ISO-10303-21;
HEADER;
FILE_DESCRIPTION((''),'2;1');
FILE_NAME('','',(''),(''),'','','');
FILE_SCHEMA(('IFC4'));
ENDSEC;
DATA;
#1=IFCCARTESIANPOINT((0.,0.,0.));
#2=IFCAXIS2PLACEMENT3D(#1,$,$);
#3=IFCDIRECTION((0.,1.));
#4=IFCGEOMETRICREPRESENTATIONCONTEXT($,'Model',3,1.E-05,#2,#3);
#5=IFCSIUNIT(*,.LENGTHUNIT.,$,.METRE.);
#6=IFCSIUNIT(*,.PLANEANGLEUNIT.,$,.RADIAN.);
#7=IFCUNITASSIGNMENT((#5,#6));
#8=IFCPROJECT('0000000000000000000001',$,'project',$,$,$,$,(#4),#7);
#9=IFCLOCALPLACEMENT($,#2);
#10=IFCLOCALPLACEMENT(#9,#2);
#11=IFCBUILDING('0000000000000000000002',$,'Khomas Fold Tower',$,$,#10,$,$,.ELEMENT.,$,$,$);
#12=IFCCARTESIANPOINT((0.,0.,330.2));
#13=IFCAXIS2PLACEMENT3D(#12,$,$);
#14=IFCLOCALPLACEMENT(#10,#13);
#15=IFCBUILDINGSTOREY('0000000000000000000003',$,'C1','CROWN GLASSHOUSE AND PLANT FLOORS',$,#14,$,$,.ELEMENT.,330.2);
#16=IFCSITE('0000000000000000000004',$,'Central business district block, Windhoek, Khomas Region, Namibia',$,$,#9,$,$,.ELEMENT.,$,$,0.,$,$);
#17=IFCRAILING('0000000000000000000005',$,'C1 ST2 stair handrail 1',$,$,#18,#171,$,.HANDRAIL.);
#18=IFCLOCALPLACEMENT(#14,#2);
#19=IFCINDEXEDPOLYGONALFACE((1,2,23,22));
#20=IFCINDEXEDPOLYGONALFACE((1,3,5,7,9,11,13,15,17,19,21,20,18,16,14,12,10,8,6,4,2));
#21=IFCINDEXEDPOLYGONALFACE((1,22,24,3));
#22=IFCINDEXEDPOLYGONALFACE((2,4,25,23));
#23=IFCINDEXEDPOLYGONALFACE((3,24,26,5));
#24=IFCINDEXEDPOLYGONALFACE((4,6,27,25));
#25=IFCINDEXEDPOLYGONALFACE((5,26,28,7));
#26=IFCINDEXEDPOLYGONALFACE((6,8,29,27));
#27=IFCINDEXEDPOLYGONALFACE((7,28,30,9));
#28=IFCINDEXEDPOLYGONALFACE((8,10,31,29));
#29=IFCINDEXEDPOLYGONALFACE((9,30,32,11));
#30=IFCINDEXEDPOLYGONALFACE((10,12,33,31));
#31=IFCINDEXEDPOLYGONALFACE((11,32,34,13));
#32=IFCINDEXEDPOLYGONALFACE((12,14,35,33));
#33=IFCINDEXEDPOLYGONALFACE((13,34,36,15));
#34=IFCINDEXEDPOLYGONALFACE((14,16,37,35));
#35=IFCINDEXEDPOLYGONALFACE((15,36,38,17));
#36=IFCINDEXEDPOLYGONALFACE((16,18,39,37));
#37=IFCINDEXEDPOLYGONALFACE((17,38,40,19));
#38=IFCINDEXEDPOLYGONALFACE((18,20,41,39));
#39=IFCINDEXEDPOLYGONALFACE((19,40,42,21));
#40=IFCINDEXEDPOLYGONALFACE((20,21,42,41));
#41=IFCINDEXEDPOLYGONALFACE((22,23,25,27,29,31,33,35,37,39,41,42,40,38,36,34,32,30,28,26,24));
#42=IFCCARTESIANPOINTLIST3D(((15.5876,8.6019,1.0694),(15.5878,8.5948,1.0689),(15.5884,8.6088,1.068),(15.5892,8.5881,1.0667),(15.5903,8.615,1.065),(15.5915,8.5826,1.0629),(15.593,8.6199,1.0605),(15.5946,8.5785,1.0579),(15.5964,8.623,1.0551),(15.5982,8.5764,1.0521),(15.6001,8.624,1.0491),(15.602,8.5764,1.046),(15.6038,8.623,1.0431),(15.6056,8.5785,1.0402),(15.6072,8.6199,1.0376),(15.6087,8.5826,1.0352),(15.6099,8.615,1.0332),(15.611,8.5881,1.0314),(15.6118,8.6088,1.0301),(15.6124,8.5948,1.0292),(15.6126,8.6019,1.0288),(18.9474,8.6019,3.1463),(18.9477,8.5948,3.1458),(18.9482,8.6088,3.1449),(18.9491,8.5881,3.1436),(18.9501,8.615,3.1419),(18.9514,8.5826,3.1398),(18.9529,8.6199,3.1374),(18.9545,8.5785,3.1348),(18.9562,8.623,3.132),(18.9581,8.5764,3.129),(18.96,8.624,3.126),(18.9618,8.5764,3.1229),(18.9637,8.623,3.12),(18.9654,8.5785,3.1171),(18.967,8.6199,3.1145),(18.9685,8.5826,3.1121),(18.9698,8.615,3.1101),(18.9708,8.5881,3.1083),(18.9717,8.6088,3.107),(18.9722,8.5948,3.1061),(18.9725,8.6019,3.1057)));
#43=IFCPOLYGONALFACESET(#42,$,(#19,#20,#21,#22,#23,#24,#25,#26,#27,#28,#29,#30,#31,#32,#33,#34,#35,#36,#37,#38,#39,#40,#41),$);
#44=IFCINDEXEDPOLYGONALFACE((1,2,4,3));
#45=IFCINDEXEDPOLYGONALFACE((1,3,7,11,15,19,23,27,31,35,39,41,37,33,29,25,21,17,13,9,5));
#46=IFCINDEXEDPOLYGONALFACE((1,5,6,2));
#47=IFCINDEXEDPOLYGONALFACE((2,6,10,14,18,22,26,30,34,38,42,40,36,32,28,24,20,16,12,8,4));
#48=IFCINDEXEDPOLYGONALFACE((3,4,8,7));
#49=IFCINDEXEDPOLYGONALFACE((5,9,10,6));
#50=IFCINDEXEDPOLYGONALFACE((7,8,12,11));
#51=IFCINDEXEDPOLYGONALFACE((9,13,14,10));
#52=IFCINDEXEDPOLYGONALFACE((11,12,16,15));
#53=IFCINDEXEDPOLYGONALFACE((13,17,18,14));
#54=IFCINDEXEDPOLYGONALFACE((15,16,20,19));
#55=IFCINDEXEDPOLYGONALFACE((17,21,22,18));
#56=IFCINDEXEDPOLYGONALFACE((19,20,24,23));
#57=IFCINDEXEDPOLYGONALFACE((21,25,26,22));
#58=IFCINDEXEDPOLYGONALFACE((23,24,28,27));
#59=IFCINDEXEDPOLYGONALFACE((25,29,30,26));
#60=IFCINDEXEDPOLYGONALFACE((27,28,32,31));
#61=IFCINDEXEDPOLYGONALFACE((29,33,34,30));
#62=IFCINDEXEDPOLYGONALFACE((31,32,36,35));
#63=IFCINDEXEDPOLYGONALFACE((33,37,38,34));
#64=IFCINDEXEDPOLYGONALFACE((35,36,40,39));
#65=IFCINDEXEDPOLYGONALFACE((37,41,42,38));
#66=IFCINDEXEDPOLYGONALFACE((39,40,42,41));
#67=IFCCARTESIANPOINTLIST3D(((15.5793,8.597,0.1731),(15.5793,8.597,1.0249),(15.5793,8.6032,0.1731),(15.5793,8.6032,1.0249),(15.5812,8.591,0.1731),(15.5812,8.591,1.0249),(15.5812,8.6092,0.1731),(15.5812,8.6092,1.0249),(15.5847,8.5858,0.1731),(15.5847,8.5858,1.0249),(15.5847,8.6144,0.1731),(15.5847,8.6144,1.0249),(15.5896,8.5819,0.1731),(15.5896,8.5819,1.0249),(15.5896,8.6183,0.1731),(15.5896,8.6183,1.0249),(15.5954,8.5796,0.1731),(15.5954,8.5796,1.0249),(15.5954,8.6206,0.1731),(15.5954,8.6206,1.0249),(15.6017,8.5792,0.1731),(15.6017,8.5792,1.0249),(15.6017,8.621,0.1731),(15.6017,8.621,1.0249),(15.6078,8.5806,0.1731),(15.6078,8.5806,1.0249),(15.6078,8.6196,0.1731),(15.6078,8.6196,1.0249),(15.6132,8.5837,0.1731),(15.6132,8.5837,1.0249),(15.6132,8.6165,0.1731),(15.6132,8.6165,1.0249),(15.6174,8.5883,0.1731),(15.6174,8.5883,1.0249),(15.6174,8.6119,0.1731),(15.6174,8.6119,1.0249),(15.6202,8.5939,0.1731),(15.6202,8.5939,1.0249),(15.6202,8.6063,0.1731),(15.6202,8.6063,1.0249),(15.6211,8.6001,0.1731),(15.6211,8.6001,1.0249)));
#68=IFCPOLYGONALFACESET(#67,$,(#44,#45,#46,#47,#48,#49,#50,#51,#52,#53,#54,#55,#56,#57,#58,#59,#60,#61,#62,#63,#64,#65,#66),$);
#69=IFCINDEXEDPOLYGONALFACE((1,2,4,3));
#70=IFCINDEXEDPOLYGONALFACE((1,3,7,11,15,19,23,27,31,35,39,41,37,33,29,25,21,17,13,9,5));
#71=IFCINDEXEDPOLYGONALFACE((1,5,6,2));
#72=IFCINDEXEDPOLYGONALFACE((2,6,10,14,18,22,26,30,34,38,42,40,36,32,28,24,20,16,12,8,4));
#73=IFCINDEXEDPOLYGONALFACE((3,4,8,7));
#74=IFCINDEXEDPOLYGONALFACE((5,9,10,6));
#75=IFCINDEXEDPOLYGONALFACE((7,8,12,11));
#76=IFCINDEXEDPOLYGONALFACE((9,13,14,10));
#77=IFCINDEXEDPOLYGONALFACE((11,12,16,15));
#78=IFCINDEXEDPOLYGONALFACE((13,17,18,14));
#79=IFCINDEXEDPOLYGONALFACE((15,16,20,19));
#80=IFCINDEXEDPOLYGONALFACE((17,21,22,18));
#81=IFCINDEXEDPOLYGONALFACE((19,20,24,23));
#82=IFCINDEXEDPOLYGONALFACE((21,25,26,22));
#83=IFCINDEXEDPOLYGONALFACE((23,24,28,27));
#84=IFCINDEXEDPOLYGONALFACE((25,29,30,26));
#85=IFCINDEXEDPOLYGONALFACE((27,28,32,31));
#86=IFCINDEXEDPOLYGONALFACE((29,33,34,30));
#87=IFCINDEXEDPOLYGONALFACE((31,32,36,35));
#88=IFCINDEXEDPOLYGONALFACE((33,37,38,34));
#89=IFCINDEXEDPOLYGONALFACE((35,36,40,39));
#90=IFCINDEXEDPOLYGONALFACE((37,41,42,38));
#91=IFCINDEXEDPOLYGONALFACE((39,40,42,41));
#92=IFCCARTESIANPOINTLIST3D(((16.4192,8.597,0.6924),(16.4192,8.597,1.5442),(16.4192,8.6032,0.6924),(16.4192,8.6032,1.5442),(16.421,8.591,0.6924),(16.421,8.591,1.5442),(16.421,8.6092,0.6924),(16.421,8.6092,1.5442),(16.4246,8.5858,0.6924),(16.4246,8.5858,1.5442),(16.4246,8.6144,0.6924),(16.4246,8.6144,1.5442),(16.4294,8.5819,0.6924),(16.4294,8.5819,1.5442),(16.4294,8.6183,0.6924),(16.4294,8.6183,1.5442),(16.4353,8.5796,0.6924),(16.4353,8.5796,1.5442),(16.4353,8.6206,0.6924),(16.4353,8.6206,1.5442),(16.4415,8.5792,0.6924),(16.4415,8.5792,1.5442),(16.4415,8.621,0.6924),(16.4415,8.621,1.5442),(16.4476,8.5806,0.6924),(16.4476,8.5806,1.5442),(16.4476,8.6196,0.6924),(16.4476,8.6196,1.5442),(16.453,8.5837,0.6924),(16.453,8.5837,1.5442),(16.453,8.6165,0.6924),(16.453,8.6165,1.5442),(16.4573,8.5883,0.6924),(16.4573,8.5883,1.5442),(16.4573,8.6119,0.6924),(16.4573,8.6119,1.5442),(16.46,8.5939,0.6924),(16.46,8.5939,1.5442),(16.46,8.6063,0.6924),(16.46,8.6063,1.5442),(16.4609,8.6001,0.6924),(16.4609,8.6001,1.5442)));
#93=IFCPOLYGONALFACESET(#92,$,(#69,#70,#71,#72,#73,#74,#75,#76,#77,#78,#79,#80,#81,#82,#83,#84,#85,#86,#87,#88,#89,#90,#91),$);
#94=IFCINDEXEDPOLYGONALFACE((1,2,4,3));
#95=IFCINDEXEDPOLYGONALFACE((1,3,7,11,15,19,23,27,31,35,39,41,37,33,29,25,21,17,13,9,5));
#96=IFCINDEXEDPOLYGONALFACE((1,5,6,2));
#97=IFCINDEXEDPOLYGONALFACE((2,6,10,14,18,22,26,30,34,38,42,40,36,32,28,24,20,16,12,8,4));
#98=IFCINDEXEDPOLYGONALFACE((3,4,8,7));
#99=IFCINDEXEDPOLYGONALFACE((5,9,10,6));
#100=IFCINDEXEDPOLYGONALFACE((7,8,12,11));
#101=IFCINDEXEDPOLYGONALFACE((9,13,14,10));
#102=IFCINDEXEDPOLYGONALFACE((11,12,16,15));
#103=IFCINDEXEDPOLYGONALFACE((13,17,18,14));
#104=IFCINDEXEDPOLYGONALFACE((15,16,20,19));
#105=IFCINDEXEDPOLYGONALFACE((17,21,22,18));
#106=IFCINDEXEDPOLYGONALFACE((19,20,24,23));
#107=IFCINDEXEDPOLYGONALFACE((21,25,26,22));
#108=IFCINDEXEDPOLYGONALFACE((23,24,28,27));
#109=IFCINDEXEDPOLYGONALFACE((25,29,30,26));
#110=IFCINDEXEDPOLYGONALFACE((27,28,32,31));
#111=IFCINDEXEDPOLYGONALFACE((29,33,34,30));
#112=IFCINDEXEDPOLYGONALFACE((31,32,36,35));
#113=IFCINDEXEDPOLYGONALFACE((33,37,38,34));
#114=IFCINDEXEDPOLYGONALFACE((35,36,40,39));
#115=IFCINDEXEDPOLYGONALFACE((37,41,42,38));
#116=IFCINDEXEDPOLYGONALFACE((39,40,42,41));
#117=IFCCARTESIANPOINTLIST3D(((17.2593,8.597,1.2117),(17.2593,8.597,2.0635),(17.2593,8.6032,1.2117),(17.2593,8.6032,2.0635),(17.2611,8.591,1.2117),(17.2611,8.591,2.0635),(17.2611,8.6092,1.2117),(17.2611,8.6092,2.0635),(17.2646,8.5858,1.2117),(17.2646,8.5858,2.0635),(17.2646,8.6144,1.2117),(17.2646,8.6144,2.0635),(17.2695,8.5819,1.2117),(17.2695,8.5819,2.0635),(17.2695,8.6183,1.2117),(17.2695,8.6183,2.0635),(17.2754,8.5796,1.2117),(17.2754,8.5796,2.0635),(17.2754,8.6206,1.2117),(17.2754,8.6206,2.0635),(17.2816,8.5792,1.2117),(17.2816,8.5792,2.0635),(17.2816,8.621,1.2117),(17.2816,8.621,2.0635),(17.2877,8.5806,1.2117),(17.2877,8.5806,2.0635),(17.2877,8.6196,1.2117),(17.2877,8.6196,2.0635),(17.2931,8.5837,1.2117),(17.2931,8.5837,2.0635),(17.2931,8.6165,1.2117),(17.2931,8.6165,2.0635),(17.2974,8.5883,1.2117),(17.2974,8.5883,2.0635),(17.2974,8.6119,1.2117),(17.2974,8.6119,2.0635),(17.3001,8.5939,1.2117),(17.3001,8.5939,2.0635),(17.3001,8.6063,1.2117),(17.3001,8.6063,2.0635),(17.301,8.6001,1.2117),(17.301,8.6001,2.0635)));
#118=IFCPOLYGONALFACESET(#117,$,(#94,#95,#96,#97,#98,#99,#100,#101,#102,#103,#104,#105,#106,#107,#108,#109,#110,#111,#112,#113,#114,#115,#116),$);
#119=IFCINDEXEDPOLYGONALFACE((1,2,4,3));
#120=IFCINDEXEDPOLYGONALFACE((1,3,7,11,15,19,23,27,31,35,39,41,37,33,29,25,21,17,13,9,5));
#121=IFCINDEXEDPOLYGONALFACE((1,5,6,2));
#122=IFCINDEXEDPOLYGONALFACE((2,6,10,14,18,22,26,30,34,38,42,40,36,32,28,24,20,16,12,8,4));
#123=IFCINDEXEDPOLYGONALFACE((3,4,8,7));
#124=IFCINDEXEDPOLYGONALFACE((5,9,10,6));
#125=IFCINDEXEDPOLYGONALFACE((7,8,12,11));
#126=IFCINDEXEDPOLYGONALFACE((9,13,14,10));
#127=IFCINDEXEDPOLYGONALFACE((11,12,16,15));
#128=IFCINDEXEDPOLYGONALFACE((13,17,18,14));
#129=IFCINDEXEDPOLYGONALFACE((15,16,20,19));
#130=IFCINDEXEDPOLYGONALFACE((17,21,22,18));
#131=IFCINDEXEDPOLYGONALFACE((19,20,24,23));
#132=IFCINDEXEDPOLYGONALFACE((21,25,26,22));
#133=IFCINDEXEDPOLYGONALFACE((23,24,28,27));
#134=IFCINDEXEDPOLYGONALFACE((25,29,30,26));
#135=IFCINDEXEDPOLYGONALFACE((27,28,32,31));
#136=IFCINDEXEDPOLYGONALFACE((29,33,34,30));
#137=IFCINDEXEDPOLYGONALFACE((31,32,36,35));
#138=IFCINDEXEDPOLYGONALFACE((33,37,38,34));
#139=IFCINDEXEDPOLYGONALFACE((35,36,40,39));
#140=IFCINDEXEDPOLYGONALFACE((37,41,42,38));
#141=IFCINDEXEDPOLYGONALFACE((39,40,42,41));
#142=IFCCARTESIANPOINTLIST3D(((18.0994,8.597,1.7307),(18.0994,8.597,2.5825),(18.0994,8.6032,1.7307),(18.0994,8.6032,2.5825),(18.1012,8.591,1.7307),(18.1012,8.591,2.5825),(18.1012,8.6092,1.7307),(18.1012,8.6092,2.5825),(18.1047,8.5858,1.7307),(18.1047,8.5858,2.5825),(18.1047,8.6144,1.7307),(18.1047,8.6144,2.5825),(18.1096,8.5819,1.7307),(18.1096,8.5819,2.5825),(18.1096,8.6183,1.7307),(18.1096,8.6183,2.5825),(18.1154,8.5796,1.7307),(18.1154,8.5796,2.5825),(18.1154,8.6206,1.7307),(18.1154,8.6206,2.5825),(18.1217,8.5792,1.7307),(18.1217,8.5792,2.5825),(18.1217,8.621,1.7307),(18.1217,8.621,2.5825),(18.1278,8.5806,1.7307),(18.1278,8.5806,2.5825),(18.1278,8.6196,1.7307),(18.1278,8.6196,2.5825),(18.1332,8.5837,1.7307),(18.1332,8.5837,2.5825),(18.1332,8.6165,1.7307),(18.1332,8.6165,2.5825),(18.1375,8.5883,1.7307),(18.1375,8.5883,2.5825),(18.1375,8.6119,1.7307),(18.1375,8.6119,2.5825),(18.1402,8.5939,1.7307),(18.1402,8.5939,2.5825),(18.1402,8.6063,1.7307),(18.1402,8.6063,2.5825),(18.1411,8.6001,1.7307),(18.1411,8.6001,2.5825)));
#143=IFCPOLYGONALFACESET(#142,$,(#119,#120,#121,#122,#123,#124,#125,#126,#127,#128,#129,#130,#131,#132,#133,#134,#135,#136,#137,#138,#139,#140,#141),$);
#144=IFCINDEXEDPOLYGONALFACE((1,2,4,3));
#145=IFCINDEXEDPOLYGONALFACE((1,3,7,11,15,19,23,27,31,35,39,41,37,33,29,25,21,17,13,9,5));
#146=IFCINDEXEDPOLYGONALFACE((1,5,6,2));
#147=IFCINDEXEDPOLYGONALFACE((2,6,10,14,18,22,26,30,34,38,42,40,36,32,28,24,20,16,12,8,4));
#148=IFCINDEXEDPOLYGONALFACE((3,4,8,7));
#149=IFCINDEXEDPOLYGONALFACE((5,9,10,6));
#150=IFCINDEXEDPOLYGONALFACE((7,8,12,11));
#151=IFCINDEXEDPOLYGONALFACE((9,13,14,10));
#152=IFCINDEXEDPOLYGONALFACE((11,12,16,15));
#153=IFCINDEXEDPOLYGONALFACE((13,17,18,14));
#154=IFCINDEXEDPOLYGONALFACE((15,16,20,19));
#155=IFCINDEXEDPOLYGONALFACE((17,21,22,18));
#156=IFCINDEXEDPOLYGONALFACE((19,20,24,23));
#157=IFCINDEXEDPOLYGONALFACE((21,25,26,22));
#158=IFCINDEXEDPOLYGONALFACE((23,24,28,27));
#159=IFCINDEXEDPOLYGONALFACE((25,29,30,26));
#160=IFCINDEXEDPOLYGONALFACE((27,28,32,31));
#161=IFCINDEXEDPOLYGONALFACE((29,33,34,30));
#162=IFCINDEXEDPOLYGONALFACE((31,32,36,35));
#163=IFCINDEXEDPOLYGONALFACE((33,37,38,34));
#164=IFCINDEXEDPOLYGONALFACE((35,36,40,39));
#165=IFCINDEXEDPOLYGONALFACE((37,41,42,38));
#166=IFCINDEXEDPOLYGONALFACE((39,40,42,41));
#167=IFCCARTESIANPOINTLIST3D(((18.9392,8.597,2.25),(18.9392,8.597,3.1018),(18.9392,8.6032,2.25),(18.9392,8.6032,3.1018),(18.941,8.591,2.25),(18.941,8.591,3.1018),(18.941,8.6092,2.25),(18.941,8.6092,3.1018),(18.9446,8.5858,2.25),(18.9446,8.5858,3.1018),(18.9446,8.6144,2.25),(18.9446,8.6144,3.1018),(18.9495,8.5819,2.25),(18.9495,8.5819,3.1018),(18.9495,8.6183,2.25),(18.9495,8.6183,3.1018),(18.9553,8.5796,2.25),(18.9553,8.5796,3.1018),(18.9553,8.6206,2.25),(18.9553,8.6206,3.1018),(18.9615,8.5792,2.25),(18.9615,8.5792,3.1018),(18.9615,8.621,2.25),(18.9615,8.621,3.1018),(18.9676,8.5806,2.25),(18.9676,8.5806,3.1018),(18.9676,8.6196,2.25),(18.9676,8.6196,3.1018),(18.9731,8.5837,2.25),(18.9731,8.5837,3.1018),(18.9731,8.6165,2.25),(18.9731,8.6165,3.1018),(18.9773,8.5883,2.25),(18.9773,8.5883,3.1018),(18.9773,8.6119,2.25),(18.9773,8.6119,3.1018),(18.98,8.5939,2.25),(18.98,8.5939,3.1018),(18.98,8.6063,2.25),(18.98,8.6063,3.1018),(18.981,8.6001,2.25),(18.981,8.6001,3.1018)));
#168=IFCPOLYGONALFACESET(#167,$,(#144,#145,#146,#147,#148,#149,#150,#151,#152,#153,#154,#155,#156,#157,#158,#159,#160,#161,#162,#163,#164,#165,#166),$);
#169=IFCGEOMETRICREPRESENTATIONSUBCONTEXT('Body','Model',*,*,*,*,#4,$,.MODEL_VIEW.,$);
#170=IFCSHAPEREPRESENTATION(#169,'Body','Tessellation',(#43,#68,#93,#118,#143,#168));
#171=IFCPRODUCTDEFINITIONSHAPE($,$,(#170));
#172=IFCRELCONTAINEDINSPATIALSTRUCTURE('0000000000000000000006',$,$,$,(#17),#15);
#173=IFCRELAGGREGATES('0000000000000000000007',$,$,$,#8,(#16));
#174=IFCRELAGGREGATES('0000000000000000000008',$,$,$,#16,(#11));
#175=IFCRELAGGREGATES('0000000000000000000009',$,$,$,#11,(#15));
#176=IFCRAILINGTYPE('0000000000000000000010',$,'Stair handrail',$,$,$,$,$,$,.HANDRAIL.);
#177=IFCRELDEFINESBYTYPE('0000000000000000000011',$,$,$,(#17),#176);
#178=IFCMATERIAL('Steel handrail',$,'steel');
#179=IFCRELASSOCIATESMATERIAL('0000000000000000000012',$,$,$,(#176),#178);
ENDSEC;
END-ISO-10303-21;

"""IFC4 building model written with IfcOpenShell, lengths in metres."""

from ifc_helpers import new_model, si_unit, direction, frame, origin, origin_2d, place, context, subcontext, project, spatial, circle, extrude, source, transform, mapped, material, type_object, element, save


model = new_model("IFC4")

# Units and contexts
model_context = context("Model", 3, precision=1e-05, world=origin(), true_north=direction((0.0, 1.0)))
body_context = subcontext(model_context, "Body", "Model", "MODEL_VIEW")
ifc_project = project(units=[si_unit("LENGTHUNIT", "METRE"), si_unit("PLANEANGLEUNIT", "RADIAN")], contexts=[model_context])

# Site, building, storey
site_placement = place(None, origin())
site = spatial("IfcSite", under=ifc_project, at=site_placement, Name="Central business district block, Windhoek, Khomas Region, Namibia", CompositionType="ELEMENT", RefElevation=0.0)
building_placement = place(site_placement, origin())
building = spatial("IfcBuilding", under=site, at=building_placement, Name="Khomas Fold Tower", CompositionType="ELEMENT")
storey_placement = place(building_placement, frame((0.0, 0.0, 330.2)))
storey = spatial("IfcBuildingStorey", under=building, at=storey_placement, Name="C1", Description="CROWN GLASSHOUSE AND PLANT FLOORS", CompositionType="ELEMENT", Elevation=330.2)

# Railing
ifc_material_1 = material(Name="Steel handrail", Category="steel")
railing_type_1 = type_object("IfcRailingType", Name="Stair handrail", PredefinedType="HANDRAIL", material=ifc_material_1)
shared_shape_1 = source(origin(), body_context, "Body", "SweptSolid", [
    extrude(circle(Radius=0.0239, at=origin_2d()), frame((0.0, 0.0, 0.876), z_axis=(0.850606, 0.0, 0.525803), x_axis=(0.0, 1.0, 0.0)), (0.0, 0.0, 1.0), 3.95),
    extrude(circle(Radius=0.021, at=origin_2d()), origin(), (0.0, 0.0, 1.0), 0.8518),
    extrude(circle(Radius=0.021, at=origin_2d()), frame((0.8398, 0.0, 0.5193)), (0.0, 0.0, 1.0), 0.8518),
    extrude(circle(Radius=0.021, at=origin_2d()), frame((1.6799, 0.0, 1.0386)), (0.0, 0.0, 1.0), 0.8518),
    extrude(circle(Radius=0.021, at=origin_2d()), frame((2.52, 0.0, 1.5576)), (0.0, 0.0, 1.0), 0.8518),
    extrude(circle(Radius=0.021, at=origin_2d()), frame((3.3599, 0.0, 2.0769)), (0.0, 0.0, 1.0), 0.8518),
])
railing_1_placement = place(storey_placement, frame((15.6001, 8.6001, 0.1731)))
element("IfcRailing", 1, at=railing_1_placement, inside=storey, type_object=railing_type_1, Name="C1 ST2 stair handrail 1", PredefinedType="HANDRAIL", context=body_context, shape_type="MappedRepresentation", body=[
    mapped(shared_shape_1, transform((0.0, 0.0, 0.0))),
])

save(model, "model.ifc")
